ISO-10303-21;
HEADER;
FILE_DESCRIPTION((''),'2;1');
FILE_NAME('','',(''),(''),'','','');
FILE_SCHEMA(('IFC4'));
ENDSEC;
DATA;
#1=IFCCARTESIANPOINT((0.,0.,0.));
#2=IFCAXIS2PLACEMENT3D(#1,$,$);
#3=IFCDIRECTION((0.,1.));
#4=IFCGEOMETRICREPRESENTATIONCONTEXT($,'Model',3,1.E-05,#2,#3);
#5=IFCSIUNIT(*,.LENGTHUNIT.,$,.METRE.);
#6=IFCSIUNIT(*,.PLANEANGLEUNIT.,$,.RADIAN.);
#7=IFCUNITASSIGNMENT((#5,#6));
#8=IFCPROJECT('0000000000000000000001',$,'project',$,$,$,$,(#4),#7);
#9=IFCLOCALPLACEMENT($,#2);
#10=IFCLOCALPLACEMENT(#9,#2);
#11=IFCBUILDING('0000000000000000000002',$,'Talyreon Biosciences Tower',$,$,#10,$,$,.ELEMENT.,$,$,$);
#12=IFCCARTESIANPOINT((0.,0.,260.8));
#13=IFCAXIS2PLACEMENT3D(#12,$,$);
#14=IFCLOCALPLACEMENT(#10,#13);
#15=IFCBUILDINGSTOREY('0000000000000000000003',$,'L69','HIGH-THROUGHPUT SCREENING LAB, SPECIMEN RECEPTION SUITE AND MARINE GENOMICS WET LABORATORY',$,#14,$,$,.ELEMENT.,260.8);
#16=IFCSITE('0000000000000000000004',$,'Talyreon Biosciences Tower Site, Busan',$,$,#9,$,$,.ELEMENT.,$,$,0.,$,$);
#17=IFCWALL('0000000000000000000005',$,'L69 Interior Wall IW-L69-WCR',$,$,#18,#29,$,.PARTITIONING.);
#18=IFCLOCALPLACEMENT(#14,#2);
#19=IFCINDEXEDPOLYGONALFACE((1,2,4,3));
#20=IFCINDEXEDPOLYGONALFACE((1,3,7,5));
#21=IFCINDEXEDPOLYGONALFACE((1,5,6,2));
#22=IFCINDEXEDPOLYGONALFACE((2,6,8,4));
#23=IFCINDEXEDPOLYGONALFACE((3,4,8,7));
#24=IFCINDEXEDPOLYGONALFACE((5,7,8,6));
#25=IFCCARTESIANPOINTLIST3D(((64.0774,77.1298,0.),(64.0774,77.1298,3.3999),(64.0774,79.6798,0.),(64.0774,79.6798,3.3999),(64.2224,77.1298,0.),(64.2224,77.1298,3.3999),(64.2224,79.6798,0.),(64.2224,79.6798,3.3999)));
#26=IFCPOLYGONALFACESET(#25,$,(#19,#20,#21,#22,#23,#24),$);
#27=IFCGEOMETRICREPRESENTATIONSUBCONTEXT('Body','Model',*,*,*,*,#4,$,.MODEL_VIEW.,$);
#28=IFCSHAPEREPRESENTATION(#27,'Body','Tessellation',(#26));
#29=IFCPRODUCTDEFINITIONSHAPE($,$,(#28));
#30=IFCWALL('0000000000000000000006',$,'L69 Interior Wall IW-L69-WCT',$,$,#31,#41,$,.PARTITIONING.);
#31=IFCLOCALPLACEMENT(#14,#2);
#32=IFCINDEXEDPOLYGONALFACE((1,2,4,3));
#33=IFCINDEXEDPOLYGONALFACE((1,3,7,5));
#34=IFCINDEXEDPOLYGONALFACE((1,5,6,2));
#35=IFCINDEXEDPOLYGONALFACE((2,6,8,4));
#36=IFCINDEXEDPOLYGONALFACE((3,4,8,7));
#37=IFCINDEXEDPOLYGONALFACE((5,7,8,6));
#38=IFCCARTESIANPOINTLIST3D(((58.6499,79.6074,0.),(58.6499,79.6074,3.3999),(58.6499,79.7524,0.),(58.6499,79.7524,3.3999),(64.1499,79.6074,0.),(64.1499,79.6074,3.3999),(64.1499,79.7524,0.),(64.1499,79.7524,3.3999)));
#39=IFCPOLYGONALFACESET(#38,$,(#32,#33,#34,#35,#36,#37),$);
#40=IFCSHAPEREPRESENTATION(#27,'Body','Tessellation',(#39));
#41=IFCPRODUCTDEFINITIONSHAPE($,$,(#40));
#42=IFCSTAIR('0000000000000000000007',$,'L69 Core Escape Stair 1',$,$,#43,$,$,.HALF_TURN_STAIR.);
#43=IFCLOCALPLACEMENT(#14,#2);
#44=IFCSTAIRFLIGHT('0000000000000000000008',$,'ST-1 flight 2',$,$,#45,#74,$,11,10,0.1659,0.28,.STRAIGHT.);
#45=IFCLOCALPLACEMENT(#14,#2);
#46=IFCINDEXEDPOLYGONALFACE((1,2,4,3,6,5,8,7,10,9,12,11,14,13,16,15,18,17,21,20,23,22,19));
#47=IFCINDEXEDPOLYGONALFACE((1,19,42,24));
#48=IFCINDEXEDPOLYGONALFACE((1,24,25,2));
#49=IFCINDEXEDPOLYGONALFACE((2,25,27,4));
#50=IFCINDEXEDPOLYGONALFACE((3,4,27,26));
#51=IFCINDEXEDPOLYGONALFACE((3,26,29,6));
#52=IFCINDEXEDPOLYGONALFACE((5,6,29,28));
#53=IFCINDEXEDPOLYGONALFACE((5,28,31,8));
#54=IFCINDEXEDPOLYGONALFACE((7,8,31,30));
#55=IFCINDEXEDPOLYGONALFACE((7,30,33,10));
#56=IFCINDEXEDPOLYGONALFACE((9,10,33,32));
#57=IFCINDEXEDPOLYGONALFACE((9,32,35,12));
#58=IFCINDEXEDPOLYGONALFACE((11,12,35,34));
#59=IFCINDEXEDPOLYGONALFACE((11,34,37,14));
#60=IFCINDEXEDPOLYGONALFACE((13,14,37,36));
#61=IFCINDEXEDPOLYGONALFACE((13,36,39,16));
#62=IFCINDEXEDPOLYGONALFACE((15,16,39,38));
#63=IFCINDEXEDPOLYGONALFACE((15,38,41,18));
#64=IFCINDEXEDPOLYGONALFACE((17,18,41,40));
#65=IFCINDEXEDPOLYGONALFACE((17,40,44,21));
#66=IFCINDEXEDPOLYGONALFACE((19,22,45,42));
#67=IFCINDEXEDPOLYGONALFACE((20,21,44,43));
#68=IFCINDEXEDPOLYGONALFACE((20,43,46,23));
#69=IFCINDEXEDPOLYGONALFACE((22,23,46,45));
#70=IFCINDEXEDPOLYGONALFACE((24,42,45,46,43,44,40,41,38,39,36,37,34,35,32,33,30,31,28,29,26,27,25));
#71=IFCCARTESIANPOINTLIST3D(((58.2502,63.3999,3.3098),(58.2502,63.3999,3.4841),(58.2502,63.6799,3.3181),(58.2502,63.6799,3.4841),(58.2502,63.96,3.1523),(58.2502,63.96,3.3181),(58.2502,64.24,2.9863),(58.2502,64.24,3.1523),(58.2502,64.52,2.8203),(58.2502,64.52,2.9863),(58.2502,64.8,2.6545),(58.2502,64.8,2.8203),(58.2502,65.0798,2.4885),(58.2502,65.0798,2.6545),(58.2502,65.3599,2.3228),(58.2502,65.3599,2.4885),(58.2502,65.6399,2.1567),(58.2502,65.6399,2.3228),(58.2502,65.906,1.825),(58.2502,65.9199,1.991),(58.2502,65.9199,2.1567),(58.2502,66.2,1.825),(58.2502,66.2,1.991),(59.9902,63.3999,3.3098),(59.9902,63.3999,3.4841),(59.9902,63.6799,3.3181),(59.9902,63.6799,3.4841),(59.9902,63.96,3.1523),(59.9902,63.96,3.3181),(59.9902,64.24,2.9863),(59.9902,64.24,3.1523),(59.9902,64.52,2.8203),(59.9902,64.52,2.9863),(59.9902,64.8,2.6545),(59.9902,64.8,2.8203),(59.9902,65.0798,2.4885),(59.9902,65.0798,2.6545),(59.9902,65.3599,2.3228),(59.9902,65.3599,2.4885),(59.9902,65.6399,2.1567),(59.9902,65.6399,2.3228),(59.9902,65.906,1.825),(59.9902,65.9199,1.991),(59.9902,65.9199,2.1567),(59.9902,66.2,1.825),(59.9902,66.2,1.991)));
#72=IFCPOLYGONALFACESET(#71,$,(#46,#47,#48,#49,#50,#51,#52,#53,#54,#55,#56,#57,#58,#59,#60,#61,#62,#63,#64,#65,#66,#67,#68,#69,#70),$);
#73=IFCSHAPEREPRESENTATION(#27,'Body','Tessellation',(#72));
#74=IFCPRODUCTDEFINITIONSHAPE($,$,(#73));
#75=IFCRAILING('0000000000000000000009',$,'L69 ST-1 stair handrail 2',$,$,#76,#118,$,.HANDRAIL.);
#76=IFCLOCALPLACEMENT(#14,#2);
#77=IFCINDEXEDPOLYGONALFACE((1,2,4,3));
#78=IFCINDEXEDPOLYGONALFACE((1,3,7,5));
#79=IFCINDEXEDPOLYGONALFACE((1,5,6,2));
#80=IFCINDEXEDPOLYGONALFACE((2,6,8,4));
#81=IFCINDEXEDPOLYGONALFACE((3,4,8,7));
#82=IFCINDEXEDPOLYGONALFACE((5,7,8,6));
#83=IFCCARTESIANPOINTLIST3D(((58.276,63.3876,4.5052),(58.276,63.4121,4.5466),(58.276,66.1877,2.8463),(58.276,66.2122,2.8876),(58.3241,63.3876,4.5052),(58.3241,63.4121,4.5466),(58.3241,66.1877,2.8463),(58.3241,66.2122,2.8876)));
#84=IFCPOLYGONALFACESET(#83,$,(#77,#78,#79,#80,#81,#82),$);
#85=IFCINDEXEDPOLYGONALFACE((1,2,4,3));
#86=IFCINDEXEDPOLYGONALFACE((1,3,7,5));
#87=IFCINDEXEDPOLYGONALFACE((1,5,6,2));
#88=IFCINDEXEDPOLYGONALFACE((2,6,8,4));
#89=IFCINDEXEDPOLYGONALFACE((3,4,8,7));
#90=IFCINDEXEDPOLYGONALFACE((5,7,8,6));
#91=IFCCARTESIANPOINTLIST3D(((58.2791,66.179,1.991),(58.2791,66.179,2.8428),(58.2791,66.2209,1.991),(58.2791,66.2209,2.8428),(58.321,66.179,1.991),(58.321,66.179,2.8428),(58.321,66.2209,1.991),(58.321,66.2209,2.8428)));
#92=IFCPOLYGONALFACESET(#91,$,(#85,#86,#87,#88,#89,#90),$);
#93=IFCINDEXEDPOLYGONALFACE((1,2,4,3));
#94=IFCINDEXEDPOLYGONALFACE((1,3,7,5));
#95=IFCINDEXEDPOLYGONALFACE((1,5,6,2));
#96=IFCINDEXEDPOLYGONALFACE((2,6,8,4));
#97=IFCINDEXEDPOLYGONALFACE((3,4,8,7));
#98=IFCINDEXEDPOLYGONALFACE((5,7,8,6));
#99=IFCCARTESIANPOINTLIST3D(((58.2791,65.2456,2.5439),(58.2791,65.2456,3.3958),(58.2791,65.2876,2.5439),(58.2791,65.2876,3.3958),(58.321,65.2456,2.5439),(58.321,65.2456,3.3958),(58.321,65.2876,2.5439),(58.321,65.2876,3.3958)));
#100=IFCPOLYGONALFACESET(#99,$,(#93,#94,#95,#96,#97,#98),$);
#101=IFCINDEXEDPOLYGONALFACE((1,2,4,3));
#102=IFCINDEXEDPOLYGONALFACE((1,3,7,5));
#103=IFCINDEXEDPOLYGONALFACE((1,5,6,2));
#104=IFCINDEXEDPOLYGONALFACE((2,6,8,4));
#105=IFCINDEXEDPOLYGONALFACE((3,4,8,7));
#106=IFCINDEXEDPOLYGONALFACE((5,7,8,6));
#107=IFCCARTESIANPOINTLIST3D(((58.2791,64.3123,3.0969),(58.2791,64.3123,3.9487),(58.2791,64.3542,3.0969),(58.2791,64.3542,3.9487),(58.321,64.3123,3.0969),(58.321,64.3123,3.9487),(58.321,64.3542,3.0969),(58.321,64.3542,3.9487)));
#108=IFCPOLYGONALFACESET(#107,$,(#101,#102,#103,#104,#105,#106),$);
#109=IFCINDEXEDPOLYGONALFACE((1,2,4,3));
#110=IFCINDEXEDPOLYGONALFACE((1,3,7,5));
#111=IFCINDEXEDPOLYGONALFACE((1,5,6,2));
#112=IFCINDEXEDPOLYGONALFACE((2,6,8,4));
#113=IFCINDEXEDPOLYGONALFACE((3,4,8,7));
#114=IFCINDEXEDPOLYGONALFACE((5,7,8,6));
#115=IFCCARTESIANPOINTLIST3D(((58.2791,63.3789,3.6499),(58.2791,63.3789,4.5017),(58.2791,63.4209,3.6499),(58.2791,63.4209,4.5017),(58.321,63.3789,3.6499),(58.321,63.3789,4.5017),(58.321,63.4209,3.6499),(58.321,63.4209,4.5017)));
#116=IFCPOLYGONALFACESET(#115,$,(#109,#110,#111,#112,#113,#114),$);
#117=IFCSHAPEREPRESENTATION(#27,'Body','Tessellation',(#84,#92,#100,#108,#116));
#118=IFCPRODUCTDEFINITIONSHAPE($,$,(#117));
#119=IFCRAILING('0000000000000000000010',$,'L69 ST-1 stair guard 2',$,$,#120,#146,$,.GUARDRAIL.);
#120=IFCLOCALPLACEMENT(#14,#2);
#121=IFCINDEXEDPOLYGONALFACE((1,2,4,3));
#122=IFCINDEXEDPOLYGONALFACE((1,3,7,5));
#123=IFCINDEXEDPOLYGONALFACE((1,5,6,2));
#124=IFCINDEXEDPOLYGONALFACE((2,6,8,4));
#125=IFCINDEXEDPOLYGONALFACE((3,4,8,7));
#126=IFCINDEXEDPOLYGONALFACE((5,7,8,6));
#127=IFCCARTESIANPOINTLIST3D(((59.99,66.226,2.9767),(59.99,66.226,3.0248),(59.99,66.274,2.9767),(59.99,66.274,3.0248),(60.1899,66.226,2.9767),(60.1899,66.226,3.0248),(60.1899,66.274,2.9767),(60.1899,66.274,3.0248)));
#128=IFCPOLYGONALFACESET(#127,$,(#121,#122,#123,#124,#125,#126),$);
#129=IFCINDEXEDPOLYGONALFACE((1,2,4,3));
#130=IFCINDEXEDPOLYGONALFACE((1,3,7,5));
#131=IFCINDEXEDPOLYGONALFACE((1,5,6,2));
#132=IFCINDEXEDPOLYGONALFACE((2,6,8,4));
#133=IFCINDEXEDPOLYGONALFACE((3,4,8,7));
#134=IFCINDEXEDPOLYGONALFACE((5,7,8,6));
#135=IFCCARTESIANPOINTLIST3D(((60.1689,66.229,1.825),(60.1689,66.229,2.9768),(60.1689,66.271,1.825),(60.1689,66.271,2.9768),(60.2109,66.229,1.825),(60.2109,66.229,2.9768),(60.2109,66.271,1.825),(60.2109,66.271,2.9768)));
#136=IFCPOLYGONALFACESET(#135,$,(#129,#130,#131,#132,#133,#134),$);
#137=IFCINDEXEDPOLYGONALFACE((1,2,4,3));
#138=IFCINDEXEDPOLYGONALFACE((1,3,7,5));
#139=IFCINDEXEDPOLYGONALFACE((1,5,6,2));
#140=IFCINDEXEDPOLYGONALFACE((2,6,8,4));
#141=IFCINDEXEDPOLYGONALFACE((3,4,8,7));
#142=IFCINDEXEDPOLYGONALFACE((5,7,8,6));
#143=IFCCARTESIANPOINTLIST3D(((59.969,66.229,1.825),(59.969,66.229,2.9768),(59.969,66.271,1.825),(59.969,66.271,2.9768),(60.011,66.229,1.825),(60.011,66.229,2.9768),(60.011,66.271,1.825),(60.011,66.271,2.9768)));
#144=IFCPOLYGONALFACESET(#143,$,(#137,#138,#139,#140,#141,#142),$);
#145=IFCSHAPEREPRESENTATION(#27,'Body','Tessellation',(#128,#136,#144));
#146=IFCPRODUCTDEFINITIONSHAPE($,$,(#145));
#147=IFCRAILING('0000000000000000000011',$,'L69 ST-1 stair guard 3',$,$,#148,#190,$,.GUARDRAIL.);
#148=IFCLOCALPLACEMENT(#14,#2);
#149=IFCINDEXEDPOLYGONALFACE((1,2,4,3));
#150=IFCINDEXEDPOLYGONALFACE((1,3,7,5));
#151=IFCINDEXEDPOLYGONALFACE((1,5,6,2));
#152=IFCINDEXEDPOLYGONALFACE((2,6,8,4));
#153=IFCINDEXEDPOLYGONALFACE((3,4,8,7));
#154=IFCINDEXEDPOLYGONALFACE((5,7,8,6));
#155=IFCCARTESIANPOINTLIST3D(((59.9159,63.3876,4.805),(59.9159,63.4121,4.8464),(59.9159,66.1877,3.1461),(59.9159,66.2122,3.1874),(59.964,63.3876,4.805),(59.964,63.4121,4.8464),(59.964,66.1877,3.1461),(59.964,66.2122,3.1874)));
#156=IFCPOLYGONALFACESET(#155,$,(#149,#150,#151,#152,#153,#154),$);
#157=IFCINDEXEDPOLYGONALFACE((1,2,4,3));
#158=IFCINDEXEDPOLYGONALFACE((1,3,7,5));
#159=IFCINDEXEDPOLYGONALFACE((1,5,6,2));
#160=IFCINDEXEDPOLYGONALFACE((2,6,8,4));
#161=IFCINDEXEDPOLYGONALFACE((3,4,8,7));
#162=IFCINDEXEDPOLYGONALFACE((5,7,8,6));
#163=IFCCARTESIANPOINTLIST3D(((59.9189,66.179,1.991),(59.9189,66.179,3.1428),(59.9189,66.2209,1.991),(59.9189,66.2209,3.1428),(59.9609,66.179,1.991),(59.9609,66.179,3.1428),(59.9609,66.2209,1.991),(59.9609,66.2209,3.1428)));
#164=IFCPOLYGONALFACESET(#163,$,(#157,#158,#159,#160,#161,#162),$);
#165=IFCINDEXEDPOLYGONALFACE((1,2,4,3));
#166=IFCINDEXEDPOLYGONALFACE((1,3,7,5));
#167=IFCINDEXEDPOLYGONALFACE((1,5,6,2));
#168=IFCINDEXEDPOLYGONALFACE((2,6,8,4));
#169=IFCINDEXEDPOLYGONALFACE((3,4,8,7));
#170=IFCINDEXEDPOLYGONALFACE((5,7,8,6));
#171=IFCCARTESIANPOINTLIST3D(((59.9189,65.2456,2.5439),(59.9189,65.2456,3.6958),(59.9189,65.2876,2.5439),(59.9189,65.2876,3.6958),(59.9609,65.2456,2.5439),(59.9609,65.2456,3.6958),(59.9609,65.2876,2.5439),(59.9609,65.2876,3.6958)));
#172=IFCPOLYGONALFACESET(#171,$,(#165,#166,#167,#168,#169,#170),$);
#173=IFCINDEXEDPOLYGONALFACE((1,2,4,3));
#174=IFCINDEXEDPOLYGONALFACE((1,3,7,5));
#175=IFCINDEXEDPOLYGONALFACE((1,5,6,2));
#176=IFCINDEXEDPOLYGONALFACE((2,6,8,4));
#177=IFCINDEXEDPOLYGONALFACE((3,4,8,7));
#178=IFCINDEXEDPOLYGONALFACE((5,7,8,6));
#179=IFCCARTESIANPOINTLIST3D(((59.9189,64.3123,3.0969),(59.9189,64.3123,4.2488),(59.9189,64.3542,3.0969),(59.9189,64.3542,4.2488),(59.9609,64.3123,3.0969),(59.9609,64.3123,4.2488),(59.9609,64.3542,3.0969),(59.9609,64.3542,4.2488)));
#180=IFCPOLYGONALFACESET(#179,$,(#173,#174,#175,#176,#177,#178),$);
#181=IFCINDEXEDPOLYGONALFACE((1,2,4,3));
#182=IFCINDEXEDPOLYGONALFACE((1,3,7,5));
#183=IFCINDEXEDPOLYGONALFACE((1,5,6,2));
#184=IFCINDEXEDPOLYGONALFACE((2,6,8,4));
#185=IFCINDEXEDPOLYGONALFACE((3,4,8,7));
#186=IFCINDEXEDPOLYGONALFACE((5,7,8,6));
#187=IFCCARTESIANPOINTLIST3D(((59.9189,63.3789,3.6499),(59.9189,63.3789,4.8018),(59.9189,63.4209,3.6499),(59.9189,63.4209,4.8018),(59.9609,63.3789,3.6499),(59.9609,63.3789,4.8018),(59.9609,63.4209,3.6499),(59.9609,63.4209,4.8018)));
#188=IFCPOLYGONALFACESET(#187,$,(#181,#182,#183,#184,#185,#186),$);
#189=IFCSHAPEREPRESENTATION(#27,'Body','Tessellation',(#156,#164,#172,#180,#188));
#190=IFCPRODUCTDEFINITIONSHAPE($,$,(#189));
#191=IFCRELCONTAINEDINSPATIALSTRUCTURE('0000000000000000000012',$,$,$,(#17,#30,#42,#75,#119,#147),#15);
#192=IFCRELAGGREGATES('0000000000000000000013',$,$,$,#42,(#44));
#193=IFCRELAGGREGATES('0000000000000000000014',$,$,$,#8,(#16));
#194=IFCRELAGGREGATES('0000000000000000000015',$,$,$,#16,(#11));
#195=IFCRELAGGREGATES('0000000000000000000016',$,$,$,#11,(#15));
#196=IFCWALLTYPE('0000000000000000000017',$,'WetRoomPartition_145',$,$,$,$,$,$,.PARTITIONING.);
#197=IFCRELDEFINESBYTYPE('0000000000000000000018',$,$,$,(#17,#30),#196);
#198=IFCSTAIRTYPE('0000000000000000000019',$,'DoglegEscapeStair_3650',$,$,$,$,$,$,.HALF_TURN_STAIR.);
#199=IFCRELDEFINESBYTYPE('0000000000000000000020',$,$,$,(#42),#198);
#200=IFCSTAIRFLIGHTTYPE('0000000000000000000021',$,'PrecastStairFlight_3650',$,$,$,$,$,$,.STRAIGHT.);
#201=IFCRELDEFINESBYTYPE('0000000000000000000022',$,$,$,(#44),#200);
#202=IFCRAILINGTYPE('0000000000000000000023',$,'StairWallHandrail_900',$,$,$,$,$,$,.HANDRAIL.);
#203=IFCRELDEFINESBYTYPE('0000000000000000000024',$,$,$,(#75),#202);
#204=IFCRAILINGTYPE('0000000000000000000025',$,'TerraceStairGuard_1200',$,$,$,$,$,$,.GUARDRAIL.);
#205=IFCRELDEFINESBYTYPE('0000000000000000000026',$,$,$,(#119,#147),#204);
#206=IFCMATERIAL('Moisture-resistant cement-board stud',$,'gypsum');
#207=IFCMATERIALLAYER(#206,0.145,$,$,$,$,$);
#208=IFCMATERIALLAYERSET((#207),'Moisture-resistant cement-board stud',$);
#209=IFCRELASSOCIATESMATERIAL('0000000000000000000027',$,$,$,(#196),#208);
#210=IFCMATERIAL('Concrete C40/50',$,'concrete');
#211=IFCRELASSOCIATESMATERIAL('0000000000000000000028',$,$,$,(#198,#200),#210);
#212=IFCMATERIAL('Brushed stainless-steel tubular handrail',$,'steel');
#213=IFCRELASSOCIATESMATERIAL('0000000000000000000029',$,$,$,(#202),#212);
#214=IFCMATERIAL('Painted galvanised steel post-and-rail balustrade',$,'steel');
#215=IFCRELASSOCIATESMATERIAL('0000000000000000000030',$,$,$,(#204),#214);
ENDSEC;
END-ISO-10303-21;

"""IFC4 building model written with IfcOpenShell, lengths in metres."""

from ifc_helpers import new_model, si_unit, direction, frame, frame_2d, origin, origin_2d, place, context, subcontext, project, spatial, polyline, rectangle, outline, extrude, material, layer, layer_set, type_object, element, aggregate, save


model = new_model("IFC4")

# Units and contexts
model_context = context("Model", 3, precision=1e-05, world=origin(), true_north=direction((0.0, 1.0)))
body_context = subcontext(model_context, "Body", "Model", "MODEL_VIEW")
ifc_project = project(units=[si_unit("LENGTHUNIT", "METRE"), si_unit("PLANEANGLEUNIT", "RADIAN")], contexts=[model_context])

# Site, building, storey
site_placement = place(None, origin())
site = spatial("IfcSite", under=ifc_project, at=site_placement, Name="Talyreon Biosciences Tower Site, Busan", CompositionType="ELEMENT", RefElevation=0.0)
building_placement = place(site_placement, origin())
building = spatial("IfcBuilding", under=site, at=building_placement, Name="Talyreon Biosciences Tower", CompositionType="ELEMENT")
storey_placement = place(building_placement, frame((0.0, 0.0, 260.8)))
storey = spatial("IfcBuildingStorey", under=building, at=storey_placement, Name="L69", Description="HIGH-THROUGHPUT SCREENING LAB, SPECIMEN RECEPTION SUITE AND MARINE GENOMICS WET LABORATORY", CompositionType="ELEMENT", Elevation=260.8)

# Walls
ifc_material_1 = material(Name="Moisture-resistant cement-board stud", Category="gypsum")
ifc_layer_1 = layer(ifc_material_1, 0.145)
ifc_layer_set_1 = layer_set([ifc_layer_1], Name="Moisture-resistant cement-board stud")
wall_type_1 = type_object("IfcWallType", Name="WetRoomPartition_145", PredefinedType="PARTITIONING", material=ifc_layer_set_1)
for number, where, z_axis, x_axis, name in (
    (1, (64.1499, 77.1299, 0.0), (0.0, 0.0, 1.0), (0.0, 1.0, 0.0), "L69 Interior Wall IW-L69-WCR"),
):
    element("IfcWall", number, at=place(storey_placement, frame(where, z_axis=z_axis, x_axis=x_axis)), inside=storey, type_object=wall_type_1, Name=name, PredefinedType="PARTITIONING", context=body_context, shape_type="SweptSolid", body=[
        extrude(rectangle(XDim=2.55, YDim=0.145, at=frame_2d((1.2749, 0.0))), origin(), (0.0, 0.0, 1.0), 3.3999),
    ])
wall_1_placement = place(storey_placement, frame((58.6499, 79.6799, 0.0), z_axis=(0.0, 0.0, 1.0), x_axis=(1.0, 0.0, 0.0)))
element("IfcWall", 2, at=wall_1_placement, inside=storey, type_object=wall_type_1, Name="L69 Interior Wall IW-L69-WCT", PredefinedType="PARTITIONING", context=body_context, shape_type="SweptSolid", body=[
    extrude(rectangle(XDim=5.5, YDim=0.145, at=frame_2d((2.75, 0.0))), origin(), (0.0, 0.0, 1.0), 3.3999),
])

# Stair, stair flight
ifc_material_2 = material(Name="Concrete C40/50", Category="concrete")
stair_type = type_object("IfcStairType", Name="DoglegEscapeStair_3650", PredefinedType="HALF_TURN_STAIR", material=ifc_material_2)
stair_placement = place(storey_placement, origin())
stair = element("IfcStair", 3, at=stair_placement, inside=storey, type_object=stair_type, Name="L69 Core Escape Stair 1", PredefinedType="HALF_TURN_STAIR")
stair_flight_type = type_object("IfcStairFlightType", Name="PrecastStairFlight_3650", PredefinedType="STRAIGHT", material=ifc_material_2)
stair_flight_placement = place(storey_placement, frame((59.1201, 66.2, 1.825), z_axis=(0.0, 0.0, 1.0), x_axis=(0.0, -1.0, 0.0)))
stair_flight = element("IfcStairFlight", 4, at=stair_flight_placement, type_object=stair_flight_type, Name="ST-1 flight 2", NumberOfRisers=11, NumberOfTreads=10, PredefinedType="STRAIGHT", RiserHeight=0.1659, TreadLength=0.28, context=body_context, shape_type="SweptSolid", body=[
    extrude(outline(polyline([(0.0, 0.0), (0.0, 0.166), (0.28, 0.166), (0.28, 0.3318), (0.5601, 0.3318), (0.5601, 0.4978), (0.8401, 0.4978), (0.8401, 0.6636), (1.1201, 0.6636), (1.1201, 0.8296), (1.3999, 0.8296), (1.3999, 0.9954), (1.6799, 0.9954), (1.6799, 1.1614), (1.96, 1.1614), (1.96, 1.3274), (2.24, 1.3274), (2.24, 1.4932), (2.52, 1.4932), (2.52, 1.6592), (2.8, 1.6592), (2.8, 1.825), (2.8, 1.4849), (0.2939, 0.0), (0.0, 0.0)])), frame((0.0, 0.8701, 0.0), z_axis=(0.0, -1.0, 0.0), x_axis=(1.0, 0.0, 0.0)), (0.0, 0.0, 1.0), 1.74),
])
aggregate(stair, [stair_flight])

# Railings
ifc_material_3 = material(Name="Brushed stainless-steel tubular handrail", Category="steel")
railing_type_1 = type_object("IfcRailingType", Name="StairWallHandrail_900", PredefinedType="HANDRAIL", material=ifc_material_3)
railing_1_placement = place(storey_placement, frame((58.3, 66.2, 1.991)))
element("IfcRailing", 5, at=railing_1_placement, inside=storey, type_object=railing_type_1, Name="L69 ST-1 stair handrail 2", PredefinedType="HANDRAIL", context=body_context, shape_type="SweptSolid", body=[
    extrude(rectangle(XDim=0.0481, YDim=0.0481, at=origin_2d()), frame((0.0, 0.0, 0.876), z_axis=(0.0, -0.860339, 0.509722), x_axis=(1.0, 0.0, 0.0)), (0.0, 0.0, 1.0), 3.2546),
    extrude(rectangle(XDim=0.042, YDim=0.042, at=origin_2d()), origin(), (0.0, 0.0, 1.0), 0.8518),
    extrude(rectangle(XDim=0.042, YDim=0.042, at=origin_2d()), frame((0.0, -0.9333, 0.553)), (0.0, 0.0, 1.0), 0.8518),
    extrude(rectangle(XDim=0.042, YDim=0.042, at=origin_2d()), frame((0.0, -1.8667, 1.106)), (0.0, 0.0, 1.0), 0.8518),
    extrude(rectangle(XDim=0.042, YDim=0.042, at=origin_2d()), frame((0.0, -2.8, 1.6589)), (0.0, 0.0, 1.0), 0.8518),
])
ifc_material_4 = material(Name="Painted galvanised steel post-and-rail balustrade", Category="steel")
railing_type_2 = type_object("IfcRailingType", Name="TerraceStairGuard_1200", PredefinedType="GUARDRAIL", material=ifc_material_4)
railing_2_placement = place(storey_placement, frame((60.1899, 66.25, 1.825)))
element("IfcRailing", 6, at=railing_2_placement, inside=storey, type_object=railing_type_2, Name="L69 ST-1 stair guard 2", PredefinedType="GUARDRAIL", context=body_context, shape_type="SweptSolid", body=[
    extrude(rectangle(XDim=0.0481, YDim=0.0481, at=origin_2d()), frame((0.0, 0.0, 1.1758), z_axis=(-1.0, 0.0, 0.0), x_axis=(0.0, -1.0, 0.0)), (0.0, 0.0, 1.0), 0.2),
    extrude(rectangle(XDim=0.042, YDim=0.042, at=origin_2d()), origin(), (0.0, 0.0, 1.0), 1.1519),
    extrude(rectangle(XDim=0.042, YDim=0.042, at=origin_2d()), frame((-0.2, 0.0, 0.0)), (0.0, 0.0, 1.0), 1.1519),
])
railing_3_placement = place(storey_placement, frame((59.9399, 66.2, 1.991)))
element("IfcRailing", 7, at=railing_3_placement, inside=storey, type_object=railing_type_2, Name="L69 ST-1 stair guard 3", PredefinedType="GUARDRAIL", context=body_context, shape_type="SweptSolid", body=[
    extrude(rectangle(XDim=0.0481, YDim=0.0481, at=origin_2d()), frame((0.0, 0.0, 1.1758), z_axis=(0.0, -0.860339, 0.509722), x_axis=(1.0, 0.0, 0.0)), (0.0, 0.0, 1.0), 3.2546),
    extrude(rectangle(XDim=0.042, YDim=0.042, at=origin_2d()), origin(), (0.0, 0.0, 1.0), 1.1519),
    extrude(rectangle(XDim=0.042, YDim=0.042, at=origin_2d()), frame((0.0, -0.9333, 0.553)), (0.0, 0.0, 1.0), 1.1519),
    extrude(rectangle(XDim=0.042, YDim=0.042, at=origin_2d()), frame((0.0, -1.8667, 1.106)), (0.0, 0.0, 1.0), 1.1519),
    extrude(rectangle(XDim=0.042, YDim=0.042, at=origin_2d()), frame((0.0, -2.8, 1.6589)), (0.0, 0.0, 1.0), 1.1519),
])

save(model, "model.ifc")
